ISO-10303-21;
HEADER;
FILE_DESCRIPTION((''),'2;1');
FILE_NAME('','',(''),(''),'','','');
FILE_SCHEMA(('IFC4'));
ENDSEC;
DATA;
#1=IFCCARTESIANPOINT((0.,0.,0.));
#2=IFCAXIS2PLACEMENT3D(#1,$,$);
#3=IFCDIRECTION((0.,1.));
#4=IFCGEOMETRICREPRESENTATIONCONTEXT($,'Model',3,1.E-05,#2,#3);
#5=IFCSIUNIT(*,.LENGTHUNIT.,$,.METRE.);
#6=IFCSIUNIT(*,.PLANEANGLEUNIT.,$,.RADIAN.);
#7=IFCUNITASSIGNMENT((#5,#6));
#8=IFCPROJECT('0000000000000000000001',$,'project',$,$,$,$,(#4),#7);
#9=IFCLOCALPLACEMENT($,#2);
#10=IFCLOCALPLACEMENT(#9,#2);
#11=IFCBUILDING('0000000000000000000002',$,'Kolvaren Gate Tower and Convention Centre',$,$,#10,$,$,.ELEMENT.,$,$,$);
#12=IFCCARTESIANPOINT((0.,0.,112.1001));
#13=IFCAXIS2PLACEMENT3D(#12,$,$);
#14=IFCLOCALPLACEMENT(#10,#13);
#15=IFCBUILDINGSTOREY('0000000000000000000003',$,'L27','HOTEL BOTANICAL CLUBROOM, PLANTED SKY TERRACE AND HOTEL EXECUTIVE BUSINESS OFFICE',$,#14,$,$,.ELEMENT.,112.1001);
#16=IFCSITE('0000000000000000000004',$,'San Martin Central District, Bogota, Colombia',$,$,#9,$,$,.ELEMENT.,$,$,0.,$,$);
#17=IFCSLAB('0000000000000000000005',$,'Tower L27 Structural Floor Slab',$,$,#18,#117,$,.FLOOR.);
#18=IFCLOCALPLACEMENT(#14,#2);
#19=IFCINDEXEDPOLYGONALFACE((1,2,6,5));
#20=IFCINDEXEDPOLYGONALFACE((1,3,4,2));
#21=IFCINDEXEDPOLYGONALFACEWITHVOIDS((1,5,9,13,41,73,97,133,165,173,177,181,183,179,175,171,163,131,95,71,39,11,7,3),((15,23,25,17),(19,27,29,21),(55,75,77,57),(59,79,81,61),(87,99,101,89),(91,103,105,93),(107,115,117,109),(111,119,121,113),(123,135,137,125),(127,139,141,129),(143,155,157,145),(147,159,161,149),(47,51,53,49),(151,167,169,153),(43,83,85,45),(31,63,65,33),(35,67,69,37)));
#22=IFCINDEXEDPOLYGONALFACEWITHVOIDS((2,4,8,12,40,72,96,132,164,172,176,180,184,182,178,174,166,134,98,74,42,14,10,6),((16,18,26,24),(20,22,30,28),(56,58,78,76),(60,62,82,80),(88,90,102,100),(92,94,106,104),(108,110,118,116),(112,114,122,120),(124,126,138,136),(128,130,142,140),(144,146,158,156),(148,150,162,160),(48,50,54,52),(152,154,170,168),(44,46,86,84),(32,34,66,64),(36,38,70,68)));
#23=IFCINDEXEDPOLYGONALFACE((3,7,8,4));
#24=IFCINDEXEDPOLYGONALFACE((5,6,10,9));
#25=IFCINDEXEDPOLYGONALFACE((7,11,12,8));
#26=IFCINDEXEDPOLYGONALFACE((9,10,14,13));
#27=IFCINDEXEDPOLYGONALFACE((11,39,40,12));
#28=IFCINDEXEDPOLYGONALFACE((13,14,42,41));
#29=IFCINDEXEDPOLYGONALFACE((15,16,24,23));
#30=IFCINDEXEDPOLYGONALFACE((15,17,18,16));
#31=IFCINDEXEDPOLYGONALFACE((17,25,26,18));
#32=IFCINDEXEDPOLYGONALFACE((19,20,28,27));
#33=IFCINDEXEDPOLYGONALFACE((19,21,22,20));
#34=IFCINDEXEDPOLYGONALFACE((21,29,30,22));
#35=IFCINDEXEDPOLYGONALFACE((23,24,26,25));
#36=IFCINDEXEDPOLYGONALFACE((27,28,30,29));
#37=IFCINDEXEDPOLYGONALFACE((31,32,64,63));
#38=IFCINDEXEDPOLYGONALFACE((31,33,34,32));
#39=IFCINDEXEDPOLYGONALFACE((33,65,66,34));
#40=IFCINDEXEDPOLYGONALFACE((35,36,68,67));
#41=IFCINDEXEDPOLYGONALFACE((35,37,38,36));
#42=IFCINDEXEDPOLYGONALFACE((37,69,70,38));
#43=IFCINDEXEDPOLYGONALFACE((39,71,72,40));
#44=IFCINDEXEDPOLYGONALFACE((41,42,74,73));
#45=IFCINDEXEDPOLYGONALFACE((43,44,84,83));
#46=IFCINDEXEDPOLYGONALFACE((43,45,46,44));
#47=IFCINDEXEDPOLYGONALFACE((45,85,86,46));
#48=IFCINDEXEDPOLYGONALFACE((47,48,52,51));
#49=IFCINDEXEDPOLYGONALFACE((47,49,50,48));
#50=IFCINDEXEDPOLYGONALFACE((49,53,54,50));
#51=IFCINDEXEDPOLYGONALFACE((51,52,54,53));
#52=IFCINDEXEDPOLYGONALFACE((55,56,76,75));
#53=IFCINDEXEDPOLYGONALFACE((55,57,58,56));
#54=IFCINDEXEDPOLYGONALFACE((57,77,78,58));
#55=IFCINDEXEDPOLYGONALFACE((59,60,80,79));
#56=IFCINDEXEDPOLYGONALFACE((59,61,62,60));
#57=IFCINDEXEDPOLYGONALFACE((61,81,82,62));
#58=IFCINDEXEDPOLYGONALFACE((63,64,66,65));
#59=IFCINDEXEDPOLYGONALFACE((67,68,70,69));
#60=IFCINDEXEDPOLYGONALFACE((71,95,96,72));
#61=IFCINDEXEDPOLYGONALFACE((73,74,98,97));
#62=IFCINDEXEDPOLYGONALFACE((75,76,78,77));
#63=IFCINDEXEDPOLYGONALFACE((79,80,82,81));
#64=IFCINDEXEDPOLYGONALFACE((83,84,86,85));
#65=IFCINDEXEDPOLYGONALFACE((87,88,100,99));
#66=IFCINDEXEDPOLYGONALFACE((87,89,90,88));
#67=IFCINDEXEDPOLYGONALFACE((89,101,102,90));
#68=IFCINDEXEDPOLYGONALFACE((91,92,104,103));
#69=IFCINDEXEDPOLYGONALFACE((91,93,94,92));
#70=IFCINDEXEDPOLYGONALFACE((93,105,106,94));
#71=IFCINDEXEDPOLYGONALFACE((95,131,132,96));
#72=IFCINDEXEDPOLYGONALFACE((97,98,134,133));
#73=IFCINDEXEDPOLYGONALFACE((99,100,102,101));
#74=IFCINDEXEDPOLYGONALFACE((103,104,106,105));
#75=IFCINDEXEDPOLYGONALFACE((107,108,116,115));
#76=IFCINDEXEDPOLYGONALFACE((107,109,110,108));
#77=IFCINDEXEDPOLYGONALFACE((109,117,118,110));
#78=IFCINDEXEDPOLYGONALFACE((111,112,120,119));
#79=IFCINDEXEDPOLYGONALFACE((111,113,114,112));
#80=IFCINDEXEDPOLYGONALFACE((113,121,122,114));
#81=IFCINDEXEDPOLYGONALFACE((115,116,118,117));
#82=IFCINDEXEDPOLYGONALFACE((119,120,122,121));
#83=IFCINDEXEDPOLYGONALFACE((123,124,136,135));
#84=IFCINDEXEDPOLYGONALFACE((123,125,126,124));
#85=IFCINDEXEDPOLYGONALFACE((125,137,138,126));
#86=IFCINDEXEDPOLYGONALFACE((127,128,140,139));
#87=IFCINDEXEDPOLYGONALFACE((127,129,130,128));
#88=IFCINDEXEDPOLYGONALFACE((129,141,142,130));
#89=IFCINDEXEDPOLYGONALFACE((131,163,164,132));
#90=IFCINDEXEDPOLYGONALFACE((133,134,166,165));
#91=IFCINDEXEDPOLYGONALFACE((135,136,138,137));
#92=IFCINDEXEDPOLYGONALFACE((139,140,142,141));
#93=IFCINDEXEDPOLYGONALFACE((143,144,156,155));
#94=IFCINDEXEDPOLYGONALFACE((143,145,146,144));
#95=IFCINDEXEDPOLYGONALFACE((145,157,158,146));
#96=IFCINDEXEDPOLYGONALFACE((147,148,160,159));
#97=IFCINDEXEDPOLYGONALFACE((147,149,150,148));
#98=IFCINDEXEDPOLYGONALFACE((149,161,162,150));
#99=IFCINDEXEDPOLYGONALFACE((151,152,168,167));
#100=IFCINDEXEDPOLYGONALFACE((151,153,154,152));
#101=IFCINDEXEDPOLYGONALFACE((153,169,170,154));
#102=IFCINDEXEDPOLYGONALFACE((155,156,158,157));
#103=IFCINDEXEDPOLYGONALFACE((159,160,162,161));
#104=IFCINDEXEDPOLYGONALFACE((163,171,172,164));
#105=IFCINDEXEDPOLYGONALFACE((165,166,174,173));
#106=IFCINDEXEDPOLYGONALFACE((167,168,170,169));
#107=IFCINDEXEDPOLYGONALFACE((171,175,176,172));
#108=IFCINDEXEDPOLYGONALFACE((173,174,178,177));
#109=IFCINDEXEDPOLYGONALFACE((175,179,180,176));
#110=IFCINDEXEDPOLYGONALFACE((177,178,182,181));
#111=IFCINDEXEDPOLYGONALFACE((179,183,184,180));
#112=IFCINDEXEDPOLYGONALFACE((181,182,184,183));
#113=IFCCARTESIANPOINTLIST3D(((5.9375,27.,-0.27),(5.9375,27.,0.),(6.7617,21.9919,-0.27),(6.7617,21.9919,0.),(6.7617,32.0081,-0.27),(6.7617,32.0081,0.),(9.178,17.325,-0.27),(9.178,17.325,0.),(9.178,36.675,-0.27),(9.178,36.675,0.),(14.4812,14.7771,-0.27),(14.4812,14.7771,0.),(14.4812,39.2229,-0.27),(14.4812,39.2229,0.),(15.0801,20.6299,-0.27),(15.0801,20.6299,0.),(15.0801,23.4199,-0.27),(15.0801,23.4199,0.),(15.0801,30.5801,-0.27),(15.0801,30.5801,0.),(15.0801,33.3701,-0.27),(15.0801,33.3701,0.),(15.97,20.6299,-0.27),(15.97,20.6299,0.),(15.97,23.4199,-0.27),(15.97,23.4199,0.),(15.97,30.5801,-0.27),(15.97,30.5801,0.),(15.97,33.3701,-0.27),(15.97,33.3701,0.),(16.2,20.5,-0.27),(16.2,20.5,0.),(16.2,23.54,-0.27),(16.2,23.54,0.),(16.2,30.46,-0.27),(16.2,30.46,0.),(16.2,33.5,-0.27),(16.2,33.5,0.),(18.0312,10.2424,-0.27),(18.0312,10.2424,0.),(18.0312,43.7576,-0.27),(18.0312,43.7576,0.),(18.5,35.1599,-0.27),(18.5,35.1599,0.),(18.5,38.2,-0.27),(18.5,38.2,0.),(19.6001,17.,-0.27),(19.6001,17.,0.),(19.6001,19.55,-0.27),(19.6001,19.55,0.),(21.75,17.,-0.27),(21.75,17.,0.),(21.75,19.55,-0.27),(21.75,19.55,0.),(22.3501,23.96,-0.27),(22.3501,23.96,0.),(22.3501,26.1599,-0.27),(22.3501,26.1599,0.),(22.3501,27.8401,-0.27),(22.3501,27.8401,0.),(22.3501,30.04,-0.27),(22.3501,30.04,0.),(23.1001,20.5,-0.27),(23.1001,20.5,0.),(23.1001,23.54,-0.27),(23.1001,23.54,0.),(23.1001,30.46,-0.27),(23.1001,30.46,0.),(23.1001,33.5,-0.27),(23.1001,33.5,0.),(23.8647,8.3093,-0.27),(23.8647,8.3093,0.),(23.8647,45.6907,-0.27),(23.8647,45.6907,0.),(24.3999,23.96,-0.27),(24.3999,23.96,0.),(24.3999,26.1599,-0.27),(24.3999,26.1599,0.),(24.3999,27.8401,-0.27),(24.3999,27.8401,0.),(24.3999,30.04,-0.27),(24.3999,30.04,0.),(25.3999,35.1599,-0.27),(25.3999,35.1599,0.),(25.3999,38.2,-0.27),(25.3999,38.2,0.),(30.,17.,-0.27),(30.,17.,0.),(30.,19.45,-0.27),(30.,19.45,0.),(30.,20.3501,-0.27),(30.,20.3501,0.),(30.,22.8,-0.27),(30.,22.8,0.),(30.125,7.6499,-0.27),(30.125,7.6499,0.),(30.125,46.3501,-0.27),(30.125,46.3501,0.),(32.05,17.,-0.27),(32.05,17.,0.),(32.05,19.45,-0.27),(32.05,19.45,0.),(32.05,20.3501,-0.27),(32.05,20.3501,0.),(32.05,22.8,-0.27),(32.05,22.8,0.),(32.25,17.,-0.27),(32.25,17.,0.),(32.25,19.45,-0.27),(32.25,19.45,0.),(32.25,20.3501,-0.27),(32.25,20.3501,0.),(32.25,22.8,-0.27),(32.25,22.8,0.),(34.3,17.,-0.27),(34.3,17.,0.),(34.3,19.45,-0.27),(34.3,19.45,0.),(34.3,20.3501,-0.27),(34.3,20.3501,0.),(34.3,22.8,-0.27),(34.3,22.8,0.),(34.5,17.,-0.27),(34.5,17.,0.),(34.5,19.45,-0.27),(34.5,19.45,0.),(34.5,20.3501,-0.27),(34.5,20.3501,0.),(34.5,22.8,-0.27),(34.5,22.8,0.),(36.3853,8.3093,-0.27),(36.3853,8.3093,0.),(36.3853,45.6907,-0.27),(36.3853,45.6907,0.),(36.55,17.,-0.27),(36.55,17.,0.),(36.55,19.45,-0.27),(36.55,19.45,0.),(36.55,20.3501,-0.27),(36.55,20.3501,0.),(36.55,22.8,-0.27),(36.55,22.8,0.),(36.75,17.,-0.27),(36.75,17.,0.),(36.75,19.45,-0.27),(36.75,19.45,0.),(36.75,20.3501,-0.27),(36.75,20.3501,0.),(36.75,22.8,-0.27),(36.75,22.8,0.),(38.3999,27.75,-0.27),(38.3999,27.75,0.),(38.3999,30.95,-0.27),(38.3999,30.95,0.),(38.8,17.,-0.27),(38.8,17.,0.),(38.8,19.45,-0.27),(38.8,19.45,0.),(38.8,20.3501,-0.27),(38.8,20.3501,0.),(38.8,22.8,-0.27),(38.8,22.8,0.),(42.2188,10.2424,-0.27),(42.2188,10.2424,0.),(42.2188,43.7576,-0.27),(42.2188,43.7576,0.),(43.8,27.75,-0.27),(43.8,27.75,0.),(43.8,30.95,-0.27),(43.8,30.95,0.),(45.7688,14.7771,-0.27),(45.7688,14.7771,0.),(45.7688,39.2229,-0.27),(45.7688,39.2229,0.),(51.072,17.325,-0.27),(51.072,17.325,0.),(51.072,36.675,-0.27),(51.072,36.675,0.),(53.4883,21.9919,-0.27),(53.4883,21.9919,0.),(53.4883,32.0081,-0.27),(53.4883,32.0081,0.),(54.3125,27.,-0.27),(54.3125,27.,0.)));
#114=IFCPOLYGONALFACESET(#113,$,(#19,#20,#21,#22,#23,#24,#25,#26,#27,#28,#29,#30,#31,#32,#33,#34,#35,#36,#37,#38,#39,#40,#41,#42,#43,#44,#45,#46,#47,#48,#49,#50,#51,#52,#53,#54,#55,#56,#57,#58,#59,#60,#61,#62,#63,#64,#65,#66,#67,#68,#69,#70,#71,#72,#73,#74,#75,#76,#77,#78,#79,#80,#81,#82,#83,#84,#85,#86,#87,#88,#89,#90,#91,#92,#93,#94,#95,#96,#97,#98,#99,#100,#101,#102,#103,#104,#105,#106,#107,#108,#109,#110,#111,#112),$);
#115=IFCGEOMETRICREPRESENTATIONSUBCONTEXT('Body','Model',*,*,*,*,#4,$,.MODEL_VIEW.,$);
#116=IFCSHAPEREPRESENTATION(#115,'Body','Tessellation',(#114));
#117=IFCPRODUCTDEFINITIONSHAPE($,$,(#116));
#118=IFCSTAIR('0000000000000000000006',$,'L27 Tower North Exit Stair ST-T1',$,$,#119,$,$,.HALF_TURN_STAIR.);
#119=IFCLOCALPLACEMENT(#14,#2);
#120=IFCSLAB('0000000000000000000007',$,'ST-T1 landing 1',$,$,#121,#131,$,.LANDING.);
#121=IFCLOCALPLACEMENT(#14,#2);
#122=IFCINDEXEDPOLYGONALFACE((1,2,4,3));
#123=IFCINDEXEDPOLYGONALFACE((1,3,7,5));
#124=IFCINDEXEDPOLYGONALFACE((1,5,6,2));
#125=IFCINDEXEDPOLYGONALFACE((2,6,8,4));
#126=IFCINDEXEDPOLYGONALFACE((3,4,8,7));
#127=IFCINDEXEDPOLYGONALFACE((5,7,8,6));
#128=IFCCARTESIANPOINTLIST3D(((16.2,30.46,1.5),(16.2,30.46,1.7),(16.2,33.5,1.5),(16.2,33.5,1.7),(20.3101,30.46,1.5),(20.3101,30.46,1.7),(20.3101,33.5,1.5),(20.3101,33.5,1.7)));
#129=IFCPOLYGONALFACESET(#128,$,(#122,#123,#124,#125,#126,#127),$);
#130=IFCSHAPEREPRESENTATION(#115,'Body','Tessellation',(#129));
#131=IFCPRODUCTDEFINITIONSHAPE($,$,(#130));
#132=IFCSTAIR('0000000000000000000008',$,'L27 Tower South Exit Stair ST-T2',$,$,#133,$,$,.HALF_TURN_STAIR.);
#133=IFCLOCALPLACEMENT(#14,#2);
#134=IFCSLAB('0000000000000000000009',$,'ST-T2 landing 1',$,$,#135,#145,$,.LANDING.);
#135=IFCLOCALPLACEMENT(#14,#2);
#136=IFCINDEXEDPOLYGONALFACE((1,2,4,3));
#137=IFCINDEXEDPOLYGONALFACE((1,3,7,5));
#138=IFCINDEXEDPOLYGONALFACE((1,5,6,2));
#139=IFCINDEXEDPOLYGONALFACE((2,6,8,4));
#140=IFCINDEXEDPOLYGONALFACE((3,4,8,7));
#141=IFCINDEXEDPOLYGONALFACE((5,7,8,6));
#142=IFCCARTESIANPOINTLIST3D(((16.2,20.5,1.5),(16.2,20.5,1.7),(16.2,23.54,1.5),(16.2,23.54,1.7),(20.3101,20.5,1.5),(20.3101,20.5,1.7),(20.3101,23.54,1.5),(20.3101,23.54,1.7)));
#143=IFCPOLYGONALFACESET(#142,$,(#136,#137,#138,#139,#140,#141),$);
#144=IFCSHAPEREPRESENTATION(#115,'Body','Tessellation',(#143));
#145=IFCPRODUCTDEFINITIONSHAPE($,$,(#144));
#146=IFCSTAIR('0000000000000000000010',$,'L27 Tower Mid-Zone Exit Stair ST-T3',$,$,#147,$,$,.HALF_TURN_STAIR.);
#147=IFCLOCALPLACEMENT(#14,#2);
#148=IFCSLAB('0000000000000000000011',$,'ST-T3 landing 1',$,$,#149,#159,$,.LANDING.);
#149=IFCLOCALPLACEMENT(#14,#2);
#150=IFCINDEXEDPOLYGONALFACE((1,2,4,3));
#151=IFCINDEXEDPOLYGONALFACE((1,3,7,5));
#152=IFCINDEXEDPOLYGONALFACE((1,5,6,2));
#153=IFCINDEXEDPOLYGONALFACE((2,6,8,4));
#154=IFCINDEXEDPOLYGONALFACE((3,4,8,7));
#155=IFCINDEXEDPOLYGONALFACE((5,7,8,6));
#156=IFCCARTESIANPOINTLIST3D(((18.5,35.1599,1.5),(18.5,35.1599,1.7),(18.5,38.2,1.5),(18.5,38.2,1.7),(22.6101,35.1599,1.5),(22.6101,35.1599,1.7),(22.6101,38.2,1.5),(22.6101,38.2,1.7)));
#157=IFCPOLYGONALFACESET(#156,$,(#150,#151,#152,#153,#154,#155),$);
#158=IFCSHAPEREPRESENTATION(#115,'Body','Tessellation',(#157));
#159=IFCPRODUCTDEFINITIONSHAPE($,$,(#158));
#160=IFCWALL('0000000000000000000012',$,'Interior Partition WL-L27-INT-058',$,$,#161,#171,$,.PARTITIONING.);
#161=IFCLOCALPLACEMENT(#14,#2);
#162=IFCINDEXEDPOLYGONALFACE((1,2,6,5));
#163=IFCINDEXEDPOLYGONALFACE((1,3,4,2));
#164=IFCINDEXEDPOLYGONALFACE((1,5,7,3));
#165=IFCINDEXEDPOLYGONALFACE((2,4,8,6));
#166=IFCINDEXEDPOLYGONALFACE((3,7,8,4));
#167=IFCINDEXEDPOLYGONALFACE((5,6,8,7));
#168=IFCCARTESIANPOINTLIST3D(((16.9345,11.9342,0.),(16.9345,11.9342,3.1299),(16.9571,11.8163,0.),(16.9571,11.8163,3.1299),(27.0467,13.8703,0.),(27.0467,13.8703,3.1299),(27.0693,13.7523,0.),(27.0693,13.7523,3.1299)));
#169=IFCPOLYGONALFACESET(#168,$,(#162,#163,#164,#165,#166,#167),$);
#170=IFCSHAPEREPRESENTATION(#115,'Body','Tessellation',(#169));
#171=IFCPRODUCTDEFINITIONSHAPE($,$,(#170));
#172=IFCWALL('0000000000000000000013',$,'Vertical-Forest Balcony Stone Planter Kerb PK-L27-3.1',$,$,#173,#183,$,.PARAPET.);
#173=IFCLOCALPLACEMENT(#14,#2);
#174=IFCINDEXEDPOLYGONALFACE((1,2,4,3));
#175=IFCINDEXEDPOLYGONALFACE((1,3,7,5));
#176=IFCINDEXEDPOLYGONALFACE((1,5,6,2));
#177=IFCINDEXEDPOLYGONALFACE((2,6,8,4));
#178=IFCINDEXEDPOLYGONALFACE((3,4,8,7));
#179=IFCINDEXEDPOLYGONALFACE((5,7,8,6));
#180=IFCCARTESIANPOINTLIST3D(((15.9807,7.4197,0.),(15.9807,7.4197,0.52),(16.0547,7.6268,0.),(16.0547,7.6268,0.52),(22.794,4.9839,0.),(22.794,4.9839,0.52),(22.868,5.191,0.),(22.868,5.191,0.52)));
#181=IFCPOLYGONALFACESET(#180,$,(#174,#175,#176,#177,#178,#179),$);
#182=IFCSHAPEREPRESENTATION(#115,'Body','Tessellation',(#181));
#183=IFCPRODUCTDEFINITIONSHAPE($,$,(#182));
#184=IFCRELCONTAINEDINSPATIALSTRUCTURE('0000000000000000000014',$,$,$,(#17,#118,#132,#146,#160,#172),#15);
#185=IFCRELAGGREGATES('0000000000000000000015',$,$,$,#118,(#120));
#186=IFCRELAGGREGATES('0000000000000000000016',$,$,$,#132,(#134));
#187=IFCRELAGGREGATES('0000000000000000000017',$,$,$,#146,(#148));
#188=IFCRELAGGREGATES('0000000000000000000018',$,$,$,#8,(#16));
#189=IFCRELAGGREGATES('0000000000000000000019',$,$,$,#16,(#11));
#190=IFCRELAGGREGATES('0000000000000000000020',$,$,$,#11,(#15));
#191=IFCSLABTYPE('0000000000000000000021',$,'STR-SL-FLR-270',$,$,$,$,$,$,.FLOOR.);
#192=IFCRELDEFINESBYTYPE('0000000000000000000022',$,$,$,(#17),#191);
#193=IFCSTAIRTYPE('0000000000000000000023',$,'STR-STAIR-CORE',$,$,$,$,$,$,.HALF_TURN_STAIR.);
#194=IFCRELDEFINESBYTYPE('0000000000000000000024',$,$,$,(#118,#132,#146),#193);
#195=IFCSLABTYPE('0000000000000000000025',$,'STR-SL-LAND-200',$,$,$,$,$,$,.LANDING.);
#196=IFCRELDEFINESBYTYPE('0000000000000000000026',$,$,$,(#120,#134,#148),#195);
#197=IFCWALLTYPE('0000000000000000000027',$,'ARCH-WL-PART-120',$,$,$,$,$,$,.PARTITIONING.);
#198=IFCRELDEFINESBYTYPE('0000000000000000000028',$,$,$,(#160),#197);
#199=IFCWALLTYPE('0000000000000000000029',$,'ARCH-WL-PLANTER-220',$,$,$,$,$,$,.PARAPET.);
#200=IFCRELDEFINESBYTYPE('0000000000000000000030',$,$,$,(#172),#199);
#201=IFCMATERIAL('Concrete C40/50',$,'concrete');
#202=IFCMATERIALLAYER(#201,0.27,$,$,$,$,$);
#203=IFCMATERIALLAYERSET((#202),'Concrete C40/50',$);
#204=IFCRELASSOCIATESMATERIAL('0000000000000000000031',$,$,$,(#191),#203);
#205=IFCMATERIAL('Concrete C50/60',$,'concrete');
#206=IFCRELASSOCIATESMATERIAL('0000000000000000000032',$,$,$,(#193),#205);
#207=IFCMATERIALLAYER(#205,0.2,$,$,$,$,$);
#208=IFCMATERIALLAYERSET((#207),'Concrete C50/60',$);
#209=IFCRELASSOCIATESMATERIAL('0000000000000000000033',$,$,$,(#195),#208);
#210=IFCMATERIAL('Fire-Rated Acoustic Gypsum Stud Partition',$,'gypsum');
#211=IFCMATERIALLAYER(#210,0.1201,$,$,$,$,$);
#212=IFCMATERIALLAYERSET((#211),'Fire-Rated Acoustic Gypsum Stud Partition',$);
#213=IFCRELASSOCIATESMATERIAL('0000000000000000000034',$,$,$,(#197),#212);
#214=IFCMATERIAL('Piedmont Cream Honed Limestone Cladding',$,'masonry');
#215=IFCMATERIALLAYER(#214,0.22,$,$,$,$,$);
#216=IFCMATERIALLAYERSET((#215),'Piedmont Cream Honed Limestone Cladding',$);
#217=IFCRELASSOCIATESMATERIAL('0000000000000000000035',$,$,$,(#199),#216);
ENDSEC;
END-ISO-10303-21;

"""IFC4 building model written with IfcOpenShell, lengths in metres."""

from ifc_helpers import new_model, si_unit, direction, frame, frame_2d, origin, place, context, subcontext, project, spatial, polyline, rectangle, outline, extrude, material, layer, layer_set, type_object, element, aggregate, save


model = new_model("IFC4")

# Units and contexts
model_context = context("Model", 3, precision=1e-05, world=origin(), true_north=direction((0.0, 1.0)))
body_context = subcontext(model_context, "Body", "Model", "MODEL_VIEW")
ifc_project = project(units=[si_unit("LENGTHUNIT", "METRE"), si_unit("PLANEANGLEUNIT", "RADIAN")], contexts=[model_context])

# Site, building, storey
site_placement = place(None, origin())
site = spatial("IfcSite", under=ifc_project, at=site_placement, Name="San Martin Central District, Bogota, Colombia", CompositionType="ELEMENT", RefElevation=0.0)
building_placement = place(site_placement, origin())
building = spatial("IfcBuilding", under=site, at=building_placement, Name="Kolvaren Gate Tower and Convention Centre", CompositionType="ELEMENT")
storey_placement = place(building_placement, frame((0.0, 0.0, 112.1001)))
storey = spatial("IfcBuildingStorey", under=building, at=storey_placement, Name="L27", Description="HOTEL BOTANICAL CLUBROOM, PLANTED SKY TERRACE AND HOTEL EXECUTIVE BUSINESS OFFICE", CompositionType="ELEMENT", Elevation=112.1001)

# Slab
ifc_material_1 = material(Name="Concrete C50/60", Category="concrete")
ifc_material_2 = material(Name="Concrete C40/50", Category="concrete")
ifc_layer_1 = layer(ifc_material_2, 0.27)
ifc_layer_set_1 = layer_set([ifc_layer_1], Name="Concrete C40/50")
slab_type_1 = type_object("IfcSlabType", Name="STR-SL-FLR-270", PredefinedType="FLOOR", material=ifc_layer_set_1)
slab_1_placement = place(storey_placement, frame((0.0, 0.0, -0.27)))
element("IfcSlab", 1, at=slab_1_placement, inside=storey, type_object=slab_type_1, Name="Tower L27 Structural Floor Slab", PredefinedType="FLOOR", context=body_context, shape_type="SweptSolid", body=[
    extrude(outline(polyline([(54.3125, 27.0), (53.4883, 32.0081), (51.072, 36.675), (45.7688, 39.2229), (42.2188, 43.7576), (36.3853, 45.6907), (30.125, 46.3501), (23.8647, 45.6907), (18.0312, 43.7576), (14.4812, 39.2229), (9.178, 36.675), (6.7617, 32.0081), (5.9375, 27.0), (6.7617, 21.9919), (9.178, 17.325), (14.4812, 14.7771), (18.0312, 10.2424), (23.8647, 8.3093), (30.125, 7.6499), (36.3853, 8.3093), (42.2188, 10.2424), (45.7688, 14.7771), (51.072, 17.325), (53.4883, 21.9919), (54.3125, 27.0)]), holes=[polyline([(38.3999, 30.95), (43.8, 30.95), (43.8, 27.75), (38.3999, 27.75), (38.3999, 30.95)]), polyline([(36.75, 22.8), (38.8, 22.8), (38.8, 20.3501), (36.75, 20.3501), (36.75, 22.8)]), polyline([(36.75, 17.0), (36.75, 19.45), (38.8, 19.45), (38.8, 17.0), (36.75, 17.0)]), polyline([(34.5, 20.3501), (34.5, 22.8), (36.55, 22.8), (36.55, 20.3501), (34.5, 20.3501)]), polyline([(34.5, 17.0), (34.5, 19.45), (36.55, 19.45), (36.55, 17.0), (34.5, 17.0)]), polyline([(32.25, 20.3501), (32.25, 22.8), (34.3, 22.8), (34.3, 20.3501), (32.25, 20.3501)]), polyline([(32.25, 17.0), (32.25, 19.45), (34.3, 19.45), (34.3, 17.0), (32.25, 17.0)]), polyline([(30.0, 17.0), (30.0, 19.45), (32.05, 19.45), (32.05, 17.0), (30.0, 17.0)]), polyline([(30.0, 20.3501), (30.0, 22.8), (32.05, 22.8), (32.05, 20.3501), (30.0, 20.3501)]), polyline([(25.3999, 38.2), (25.3999, 35.1599), (18.5, 35.1599), (18.5, 38.2), (25.3999, 38.2)]), polyline([(22.3501, 27.8401), (22.3501, 30.04), (24.3999, 30.04), (24.3999, 27.8401), (22.3501, 27.8401)]), polyline([(22.3501, 23.96), (22.3501, 26.1599), (24.3999, 26.1599), (24.3999, 23.96), (22.3501, 23.96)]), polyline([(23.1001, 33.5), (23.1001, 30.46), (16.2, 30.46), (16.2, 33.5), (23.1001, 33.5)]), polyline([(23.1001, 23.54), (23.1001, 20.5), (16.2, 20.5), (16.2, 23.54), (23.1001, 23.54)]), polyline([(19.6001, 17.0), (19.6001, 19.55), (21.75, 19.55), (21.75, 17.0), (19.6001, 17.0)]), polyline([(15.0801, 20.6299), (15.0801, 23.4199), (15.97, 23.4199), (15.97, 20.6299), (15.0801, 20.6299)]), polyline([(15.0801, 30.5801), (15.0801, 33.3701), (15.97, 33.3701), (15.97, 30.5801), (15.0801, 30.5801)])]), origin(), (0.0, 0.0, 1.0), 0.27),
])

# Stairs, slabs
stair_type = type_object("IfcStairType", Name="STR-STAIR-CORE", PredefinedType="HALF_TURN_STAIR", material=ifc_material_1)
stair_1_placement = place(storey_placement, origin())
stair_1 = element("IfcStair", 2, at=stair_1_placement, inside=storey, type_object=stair_type, Name="L27 Tower North Exit Stair ST-T1", PredefinedType="HALF_TURN_STAIR")
ifc_layer_2 = layer(ifc_material_1, 0.2)
ifc_layer_set_2 = layer_set([ifc_layer_2], Name="Concrete C50/60")
slab_type_2 = type_object("IfcSlabType", Name="STR-SL-LAND-200", PredefinedType="LANDING", material=ifc_layer_set_2)
slab_2_placement = place(storey_placement, frame((0.0, 0.0, 1.5)))
slab_2 = element("IfcSlab", 3, at=slab_2_placement, type_object=slab_type_2, Name="ST-T1 landing 1", PredefinedType="LANDING", context=body_context, shape_type="SweptSolid", body=[
    extrude(outline(polyline([(20.3101, 33.5), (16.2, 33.5), (16.2, 30.46), (20.3101, 30.46), (20.3101, 33.5)])), origin(), (0.0, 0.0, 1.0), 0.2),
])
aggregate(stair_1, [slab_2])
stair_2_placement = place(storey_placement, origin())
stair_2 = element("IfcStair", 4, at=stair_2_placement, inside=storey, type_object=stair_type, Name="L27 Tower South Exit Stair ST-T2", PredefinedType="HALF_TURN_STAIR")
slab_3_placement = place(storey_placement, frame((0.0, 0.0, 1.5)))
slab_3 = element("IfcSlab", 5, at=slab_3_placement, type_object=slab_type_2, Name="ST-T2 landing 1", PredefinedType="LANDING", context=body_context, shape_type="SweptSolid", body=[
    extrude(outline(polyline([(20.3101, 23.54), (16.2, 23.54), (16.2, 20.5), (20.3101, 20.5), (20.3101, 23.54)])), origin(), (0.0, 0.0, 1.0), 0.2),
])
aggregate(stair_2, [slab_3])
stair_3_placement = place(storey_placement, origin())
stair_3 = element("IfcStair", 6, at=stair_3_placement, inside=storey, type_object=stair_type, Name="L27 Tower Mid-Zone Exit Stair ST-T3", PredefinedType="HALF_TURN_STAIR")
slab_4_placement = place(storey_placement, frame((0.0, 0.0, 1.5)))
slab_4 = element("IfcSlab", 7, at=slab_4_placement, type_object=slab_type_2, Name="ST-T3 landing 1", PredefinedType="LANDING", context=body_context, shape_type="SweptSolid", body=[
    extrude(outline(polyline([(22.6101, 38.2), (18.5, 38.2), (18.5, 35.1599), (22.6101, 35.1599), (22.6101, 38.2)])), origin(), (0.0, 0.0, 1.0), 0.2),
])
aggregate(stair_3, [slab_4])

# Walls
ifc_material_3 = material(Name="Fire-Rated Acoustic Gypsum Stud Partition", Category="gypsum")
ifc_layer_3 = layer(ifc_material_3, 0.1201)
ifc_layer_set_3 = layer_set([ifc_layer_3], Name="Fire-Rated Acoustic Gypsum Stud Partition")
wall_type_1 = type_object("IfcWallType", Name="ARCH-WL-PART-120", PredefinedType="PARTITIONING", material=ifc_layer_set_3)
wall_1_placement = place(storey_placement, frame((16.9458, 11.8752, 0.0), z_axis=(0.0, 0.0, 1.0), x_axis=(0.982162, 0.188038, 0.0)))
element("IfcWall", 8, at=wall_1_placement, inside=storey, type_object=wall_type_1, Name="Interior Partition WL-L27-INT-058", PredefinedType="PARTITIONING", context=body_context, shape_type="SweptSolid", body=[
    extrude(rectangle(XDim=10.2959, YDim=0.1201, at=frame_2d((5.1479, 0.0))), origin(), (0.0, 0.0, 1.0), 3.1299),
])
ifc_material_4 = material(Name="Piedmont Cream Honed Limestone Cladding", Category="masonry")
ifc_layer_4 = layer(ifc_material_4, 0.22)
ifc_layer_set_4 = layer_set([ifc_layer_4], Name="Piedmont Cream Honed Limestone Cladding")
wall_type_2 = type_object("IfcWallType", Name="ARCH-WL-PLANTER-220", PredefinedType="PARAPET", material=ifc_layer_set_4)
wall_2_placement = place(storey_placement, frame((16.0178, 7.5232, 0.0), z_axis=(0.0, 0.0, 1.0), x_axis=(0.941633, -0.336642, 0.0)))
element("IfcWall", 9, at=wall_2_placement, inside=storey, type_object=wall_type_2, Name="Vertical-Forest Balcony Stone Planter Kerb PK-L27-3.1", PredefinedType="PARAPET", context=body_context, shape_type="SweptSolid", body=[
    extrude(rectangle(XDim=7.2356, YDim=0.22, at=frame_2d((3.6177, 0.0))), origin(), (0.0, 0.0, 1.0), 0.52),
])

save(model, "model.ifc")
